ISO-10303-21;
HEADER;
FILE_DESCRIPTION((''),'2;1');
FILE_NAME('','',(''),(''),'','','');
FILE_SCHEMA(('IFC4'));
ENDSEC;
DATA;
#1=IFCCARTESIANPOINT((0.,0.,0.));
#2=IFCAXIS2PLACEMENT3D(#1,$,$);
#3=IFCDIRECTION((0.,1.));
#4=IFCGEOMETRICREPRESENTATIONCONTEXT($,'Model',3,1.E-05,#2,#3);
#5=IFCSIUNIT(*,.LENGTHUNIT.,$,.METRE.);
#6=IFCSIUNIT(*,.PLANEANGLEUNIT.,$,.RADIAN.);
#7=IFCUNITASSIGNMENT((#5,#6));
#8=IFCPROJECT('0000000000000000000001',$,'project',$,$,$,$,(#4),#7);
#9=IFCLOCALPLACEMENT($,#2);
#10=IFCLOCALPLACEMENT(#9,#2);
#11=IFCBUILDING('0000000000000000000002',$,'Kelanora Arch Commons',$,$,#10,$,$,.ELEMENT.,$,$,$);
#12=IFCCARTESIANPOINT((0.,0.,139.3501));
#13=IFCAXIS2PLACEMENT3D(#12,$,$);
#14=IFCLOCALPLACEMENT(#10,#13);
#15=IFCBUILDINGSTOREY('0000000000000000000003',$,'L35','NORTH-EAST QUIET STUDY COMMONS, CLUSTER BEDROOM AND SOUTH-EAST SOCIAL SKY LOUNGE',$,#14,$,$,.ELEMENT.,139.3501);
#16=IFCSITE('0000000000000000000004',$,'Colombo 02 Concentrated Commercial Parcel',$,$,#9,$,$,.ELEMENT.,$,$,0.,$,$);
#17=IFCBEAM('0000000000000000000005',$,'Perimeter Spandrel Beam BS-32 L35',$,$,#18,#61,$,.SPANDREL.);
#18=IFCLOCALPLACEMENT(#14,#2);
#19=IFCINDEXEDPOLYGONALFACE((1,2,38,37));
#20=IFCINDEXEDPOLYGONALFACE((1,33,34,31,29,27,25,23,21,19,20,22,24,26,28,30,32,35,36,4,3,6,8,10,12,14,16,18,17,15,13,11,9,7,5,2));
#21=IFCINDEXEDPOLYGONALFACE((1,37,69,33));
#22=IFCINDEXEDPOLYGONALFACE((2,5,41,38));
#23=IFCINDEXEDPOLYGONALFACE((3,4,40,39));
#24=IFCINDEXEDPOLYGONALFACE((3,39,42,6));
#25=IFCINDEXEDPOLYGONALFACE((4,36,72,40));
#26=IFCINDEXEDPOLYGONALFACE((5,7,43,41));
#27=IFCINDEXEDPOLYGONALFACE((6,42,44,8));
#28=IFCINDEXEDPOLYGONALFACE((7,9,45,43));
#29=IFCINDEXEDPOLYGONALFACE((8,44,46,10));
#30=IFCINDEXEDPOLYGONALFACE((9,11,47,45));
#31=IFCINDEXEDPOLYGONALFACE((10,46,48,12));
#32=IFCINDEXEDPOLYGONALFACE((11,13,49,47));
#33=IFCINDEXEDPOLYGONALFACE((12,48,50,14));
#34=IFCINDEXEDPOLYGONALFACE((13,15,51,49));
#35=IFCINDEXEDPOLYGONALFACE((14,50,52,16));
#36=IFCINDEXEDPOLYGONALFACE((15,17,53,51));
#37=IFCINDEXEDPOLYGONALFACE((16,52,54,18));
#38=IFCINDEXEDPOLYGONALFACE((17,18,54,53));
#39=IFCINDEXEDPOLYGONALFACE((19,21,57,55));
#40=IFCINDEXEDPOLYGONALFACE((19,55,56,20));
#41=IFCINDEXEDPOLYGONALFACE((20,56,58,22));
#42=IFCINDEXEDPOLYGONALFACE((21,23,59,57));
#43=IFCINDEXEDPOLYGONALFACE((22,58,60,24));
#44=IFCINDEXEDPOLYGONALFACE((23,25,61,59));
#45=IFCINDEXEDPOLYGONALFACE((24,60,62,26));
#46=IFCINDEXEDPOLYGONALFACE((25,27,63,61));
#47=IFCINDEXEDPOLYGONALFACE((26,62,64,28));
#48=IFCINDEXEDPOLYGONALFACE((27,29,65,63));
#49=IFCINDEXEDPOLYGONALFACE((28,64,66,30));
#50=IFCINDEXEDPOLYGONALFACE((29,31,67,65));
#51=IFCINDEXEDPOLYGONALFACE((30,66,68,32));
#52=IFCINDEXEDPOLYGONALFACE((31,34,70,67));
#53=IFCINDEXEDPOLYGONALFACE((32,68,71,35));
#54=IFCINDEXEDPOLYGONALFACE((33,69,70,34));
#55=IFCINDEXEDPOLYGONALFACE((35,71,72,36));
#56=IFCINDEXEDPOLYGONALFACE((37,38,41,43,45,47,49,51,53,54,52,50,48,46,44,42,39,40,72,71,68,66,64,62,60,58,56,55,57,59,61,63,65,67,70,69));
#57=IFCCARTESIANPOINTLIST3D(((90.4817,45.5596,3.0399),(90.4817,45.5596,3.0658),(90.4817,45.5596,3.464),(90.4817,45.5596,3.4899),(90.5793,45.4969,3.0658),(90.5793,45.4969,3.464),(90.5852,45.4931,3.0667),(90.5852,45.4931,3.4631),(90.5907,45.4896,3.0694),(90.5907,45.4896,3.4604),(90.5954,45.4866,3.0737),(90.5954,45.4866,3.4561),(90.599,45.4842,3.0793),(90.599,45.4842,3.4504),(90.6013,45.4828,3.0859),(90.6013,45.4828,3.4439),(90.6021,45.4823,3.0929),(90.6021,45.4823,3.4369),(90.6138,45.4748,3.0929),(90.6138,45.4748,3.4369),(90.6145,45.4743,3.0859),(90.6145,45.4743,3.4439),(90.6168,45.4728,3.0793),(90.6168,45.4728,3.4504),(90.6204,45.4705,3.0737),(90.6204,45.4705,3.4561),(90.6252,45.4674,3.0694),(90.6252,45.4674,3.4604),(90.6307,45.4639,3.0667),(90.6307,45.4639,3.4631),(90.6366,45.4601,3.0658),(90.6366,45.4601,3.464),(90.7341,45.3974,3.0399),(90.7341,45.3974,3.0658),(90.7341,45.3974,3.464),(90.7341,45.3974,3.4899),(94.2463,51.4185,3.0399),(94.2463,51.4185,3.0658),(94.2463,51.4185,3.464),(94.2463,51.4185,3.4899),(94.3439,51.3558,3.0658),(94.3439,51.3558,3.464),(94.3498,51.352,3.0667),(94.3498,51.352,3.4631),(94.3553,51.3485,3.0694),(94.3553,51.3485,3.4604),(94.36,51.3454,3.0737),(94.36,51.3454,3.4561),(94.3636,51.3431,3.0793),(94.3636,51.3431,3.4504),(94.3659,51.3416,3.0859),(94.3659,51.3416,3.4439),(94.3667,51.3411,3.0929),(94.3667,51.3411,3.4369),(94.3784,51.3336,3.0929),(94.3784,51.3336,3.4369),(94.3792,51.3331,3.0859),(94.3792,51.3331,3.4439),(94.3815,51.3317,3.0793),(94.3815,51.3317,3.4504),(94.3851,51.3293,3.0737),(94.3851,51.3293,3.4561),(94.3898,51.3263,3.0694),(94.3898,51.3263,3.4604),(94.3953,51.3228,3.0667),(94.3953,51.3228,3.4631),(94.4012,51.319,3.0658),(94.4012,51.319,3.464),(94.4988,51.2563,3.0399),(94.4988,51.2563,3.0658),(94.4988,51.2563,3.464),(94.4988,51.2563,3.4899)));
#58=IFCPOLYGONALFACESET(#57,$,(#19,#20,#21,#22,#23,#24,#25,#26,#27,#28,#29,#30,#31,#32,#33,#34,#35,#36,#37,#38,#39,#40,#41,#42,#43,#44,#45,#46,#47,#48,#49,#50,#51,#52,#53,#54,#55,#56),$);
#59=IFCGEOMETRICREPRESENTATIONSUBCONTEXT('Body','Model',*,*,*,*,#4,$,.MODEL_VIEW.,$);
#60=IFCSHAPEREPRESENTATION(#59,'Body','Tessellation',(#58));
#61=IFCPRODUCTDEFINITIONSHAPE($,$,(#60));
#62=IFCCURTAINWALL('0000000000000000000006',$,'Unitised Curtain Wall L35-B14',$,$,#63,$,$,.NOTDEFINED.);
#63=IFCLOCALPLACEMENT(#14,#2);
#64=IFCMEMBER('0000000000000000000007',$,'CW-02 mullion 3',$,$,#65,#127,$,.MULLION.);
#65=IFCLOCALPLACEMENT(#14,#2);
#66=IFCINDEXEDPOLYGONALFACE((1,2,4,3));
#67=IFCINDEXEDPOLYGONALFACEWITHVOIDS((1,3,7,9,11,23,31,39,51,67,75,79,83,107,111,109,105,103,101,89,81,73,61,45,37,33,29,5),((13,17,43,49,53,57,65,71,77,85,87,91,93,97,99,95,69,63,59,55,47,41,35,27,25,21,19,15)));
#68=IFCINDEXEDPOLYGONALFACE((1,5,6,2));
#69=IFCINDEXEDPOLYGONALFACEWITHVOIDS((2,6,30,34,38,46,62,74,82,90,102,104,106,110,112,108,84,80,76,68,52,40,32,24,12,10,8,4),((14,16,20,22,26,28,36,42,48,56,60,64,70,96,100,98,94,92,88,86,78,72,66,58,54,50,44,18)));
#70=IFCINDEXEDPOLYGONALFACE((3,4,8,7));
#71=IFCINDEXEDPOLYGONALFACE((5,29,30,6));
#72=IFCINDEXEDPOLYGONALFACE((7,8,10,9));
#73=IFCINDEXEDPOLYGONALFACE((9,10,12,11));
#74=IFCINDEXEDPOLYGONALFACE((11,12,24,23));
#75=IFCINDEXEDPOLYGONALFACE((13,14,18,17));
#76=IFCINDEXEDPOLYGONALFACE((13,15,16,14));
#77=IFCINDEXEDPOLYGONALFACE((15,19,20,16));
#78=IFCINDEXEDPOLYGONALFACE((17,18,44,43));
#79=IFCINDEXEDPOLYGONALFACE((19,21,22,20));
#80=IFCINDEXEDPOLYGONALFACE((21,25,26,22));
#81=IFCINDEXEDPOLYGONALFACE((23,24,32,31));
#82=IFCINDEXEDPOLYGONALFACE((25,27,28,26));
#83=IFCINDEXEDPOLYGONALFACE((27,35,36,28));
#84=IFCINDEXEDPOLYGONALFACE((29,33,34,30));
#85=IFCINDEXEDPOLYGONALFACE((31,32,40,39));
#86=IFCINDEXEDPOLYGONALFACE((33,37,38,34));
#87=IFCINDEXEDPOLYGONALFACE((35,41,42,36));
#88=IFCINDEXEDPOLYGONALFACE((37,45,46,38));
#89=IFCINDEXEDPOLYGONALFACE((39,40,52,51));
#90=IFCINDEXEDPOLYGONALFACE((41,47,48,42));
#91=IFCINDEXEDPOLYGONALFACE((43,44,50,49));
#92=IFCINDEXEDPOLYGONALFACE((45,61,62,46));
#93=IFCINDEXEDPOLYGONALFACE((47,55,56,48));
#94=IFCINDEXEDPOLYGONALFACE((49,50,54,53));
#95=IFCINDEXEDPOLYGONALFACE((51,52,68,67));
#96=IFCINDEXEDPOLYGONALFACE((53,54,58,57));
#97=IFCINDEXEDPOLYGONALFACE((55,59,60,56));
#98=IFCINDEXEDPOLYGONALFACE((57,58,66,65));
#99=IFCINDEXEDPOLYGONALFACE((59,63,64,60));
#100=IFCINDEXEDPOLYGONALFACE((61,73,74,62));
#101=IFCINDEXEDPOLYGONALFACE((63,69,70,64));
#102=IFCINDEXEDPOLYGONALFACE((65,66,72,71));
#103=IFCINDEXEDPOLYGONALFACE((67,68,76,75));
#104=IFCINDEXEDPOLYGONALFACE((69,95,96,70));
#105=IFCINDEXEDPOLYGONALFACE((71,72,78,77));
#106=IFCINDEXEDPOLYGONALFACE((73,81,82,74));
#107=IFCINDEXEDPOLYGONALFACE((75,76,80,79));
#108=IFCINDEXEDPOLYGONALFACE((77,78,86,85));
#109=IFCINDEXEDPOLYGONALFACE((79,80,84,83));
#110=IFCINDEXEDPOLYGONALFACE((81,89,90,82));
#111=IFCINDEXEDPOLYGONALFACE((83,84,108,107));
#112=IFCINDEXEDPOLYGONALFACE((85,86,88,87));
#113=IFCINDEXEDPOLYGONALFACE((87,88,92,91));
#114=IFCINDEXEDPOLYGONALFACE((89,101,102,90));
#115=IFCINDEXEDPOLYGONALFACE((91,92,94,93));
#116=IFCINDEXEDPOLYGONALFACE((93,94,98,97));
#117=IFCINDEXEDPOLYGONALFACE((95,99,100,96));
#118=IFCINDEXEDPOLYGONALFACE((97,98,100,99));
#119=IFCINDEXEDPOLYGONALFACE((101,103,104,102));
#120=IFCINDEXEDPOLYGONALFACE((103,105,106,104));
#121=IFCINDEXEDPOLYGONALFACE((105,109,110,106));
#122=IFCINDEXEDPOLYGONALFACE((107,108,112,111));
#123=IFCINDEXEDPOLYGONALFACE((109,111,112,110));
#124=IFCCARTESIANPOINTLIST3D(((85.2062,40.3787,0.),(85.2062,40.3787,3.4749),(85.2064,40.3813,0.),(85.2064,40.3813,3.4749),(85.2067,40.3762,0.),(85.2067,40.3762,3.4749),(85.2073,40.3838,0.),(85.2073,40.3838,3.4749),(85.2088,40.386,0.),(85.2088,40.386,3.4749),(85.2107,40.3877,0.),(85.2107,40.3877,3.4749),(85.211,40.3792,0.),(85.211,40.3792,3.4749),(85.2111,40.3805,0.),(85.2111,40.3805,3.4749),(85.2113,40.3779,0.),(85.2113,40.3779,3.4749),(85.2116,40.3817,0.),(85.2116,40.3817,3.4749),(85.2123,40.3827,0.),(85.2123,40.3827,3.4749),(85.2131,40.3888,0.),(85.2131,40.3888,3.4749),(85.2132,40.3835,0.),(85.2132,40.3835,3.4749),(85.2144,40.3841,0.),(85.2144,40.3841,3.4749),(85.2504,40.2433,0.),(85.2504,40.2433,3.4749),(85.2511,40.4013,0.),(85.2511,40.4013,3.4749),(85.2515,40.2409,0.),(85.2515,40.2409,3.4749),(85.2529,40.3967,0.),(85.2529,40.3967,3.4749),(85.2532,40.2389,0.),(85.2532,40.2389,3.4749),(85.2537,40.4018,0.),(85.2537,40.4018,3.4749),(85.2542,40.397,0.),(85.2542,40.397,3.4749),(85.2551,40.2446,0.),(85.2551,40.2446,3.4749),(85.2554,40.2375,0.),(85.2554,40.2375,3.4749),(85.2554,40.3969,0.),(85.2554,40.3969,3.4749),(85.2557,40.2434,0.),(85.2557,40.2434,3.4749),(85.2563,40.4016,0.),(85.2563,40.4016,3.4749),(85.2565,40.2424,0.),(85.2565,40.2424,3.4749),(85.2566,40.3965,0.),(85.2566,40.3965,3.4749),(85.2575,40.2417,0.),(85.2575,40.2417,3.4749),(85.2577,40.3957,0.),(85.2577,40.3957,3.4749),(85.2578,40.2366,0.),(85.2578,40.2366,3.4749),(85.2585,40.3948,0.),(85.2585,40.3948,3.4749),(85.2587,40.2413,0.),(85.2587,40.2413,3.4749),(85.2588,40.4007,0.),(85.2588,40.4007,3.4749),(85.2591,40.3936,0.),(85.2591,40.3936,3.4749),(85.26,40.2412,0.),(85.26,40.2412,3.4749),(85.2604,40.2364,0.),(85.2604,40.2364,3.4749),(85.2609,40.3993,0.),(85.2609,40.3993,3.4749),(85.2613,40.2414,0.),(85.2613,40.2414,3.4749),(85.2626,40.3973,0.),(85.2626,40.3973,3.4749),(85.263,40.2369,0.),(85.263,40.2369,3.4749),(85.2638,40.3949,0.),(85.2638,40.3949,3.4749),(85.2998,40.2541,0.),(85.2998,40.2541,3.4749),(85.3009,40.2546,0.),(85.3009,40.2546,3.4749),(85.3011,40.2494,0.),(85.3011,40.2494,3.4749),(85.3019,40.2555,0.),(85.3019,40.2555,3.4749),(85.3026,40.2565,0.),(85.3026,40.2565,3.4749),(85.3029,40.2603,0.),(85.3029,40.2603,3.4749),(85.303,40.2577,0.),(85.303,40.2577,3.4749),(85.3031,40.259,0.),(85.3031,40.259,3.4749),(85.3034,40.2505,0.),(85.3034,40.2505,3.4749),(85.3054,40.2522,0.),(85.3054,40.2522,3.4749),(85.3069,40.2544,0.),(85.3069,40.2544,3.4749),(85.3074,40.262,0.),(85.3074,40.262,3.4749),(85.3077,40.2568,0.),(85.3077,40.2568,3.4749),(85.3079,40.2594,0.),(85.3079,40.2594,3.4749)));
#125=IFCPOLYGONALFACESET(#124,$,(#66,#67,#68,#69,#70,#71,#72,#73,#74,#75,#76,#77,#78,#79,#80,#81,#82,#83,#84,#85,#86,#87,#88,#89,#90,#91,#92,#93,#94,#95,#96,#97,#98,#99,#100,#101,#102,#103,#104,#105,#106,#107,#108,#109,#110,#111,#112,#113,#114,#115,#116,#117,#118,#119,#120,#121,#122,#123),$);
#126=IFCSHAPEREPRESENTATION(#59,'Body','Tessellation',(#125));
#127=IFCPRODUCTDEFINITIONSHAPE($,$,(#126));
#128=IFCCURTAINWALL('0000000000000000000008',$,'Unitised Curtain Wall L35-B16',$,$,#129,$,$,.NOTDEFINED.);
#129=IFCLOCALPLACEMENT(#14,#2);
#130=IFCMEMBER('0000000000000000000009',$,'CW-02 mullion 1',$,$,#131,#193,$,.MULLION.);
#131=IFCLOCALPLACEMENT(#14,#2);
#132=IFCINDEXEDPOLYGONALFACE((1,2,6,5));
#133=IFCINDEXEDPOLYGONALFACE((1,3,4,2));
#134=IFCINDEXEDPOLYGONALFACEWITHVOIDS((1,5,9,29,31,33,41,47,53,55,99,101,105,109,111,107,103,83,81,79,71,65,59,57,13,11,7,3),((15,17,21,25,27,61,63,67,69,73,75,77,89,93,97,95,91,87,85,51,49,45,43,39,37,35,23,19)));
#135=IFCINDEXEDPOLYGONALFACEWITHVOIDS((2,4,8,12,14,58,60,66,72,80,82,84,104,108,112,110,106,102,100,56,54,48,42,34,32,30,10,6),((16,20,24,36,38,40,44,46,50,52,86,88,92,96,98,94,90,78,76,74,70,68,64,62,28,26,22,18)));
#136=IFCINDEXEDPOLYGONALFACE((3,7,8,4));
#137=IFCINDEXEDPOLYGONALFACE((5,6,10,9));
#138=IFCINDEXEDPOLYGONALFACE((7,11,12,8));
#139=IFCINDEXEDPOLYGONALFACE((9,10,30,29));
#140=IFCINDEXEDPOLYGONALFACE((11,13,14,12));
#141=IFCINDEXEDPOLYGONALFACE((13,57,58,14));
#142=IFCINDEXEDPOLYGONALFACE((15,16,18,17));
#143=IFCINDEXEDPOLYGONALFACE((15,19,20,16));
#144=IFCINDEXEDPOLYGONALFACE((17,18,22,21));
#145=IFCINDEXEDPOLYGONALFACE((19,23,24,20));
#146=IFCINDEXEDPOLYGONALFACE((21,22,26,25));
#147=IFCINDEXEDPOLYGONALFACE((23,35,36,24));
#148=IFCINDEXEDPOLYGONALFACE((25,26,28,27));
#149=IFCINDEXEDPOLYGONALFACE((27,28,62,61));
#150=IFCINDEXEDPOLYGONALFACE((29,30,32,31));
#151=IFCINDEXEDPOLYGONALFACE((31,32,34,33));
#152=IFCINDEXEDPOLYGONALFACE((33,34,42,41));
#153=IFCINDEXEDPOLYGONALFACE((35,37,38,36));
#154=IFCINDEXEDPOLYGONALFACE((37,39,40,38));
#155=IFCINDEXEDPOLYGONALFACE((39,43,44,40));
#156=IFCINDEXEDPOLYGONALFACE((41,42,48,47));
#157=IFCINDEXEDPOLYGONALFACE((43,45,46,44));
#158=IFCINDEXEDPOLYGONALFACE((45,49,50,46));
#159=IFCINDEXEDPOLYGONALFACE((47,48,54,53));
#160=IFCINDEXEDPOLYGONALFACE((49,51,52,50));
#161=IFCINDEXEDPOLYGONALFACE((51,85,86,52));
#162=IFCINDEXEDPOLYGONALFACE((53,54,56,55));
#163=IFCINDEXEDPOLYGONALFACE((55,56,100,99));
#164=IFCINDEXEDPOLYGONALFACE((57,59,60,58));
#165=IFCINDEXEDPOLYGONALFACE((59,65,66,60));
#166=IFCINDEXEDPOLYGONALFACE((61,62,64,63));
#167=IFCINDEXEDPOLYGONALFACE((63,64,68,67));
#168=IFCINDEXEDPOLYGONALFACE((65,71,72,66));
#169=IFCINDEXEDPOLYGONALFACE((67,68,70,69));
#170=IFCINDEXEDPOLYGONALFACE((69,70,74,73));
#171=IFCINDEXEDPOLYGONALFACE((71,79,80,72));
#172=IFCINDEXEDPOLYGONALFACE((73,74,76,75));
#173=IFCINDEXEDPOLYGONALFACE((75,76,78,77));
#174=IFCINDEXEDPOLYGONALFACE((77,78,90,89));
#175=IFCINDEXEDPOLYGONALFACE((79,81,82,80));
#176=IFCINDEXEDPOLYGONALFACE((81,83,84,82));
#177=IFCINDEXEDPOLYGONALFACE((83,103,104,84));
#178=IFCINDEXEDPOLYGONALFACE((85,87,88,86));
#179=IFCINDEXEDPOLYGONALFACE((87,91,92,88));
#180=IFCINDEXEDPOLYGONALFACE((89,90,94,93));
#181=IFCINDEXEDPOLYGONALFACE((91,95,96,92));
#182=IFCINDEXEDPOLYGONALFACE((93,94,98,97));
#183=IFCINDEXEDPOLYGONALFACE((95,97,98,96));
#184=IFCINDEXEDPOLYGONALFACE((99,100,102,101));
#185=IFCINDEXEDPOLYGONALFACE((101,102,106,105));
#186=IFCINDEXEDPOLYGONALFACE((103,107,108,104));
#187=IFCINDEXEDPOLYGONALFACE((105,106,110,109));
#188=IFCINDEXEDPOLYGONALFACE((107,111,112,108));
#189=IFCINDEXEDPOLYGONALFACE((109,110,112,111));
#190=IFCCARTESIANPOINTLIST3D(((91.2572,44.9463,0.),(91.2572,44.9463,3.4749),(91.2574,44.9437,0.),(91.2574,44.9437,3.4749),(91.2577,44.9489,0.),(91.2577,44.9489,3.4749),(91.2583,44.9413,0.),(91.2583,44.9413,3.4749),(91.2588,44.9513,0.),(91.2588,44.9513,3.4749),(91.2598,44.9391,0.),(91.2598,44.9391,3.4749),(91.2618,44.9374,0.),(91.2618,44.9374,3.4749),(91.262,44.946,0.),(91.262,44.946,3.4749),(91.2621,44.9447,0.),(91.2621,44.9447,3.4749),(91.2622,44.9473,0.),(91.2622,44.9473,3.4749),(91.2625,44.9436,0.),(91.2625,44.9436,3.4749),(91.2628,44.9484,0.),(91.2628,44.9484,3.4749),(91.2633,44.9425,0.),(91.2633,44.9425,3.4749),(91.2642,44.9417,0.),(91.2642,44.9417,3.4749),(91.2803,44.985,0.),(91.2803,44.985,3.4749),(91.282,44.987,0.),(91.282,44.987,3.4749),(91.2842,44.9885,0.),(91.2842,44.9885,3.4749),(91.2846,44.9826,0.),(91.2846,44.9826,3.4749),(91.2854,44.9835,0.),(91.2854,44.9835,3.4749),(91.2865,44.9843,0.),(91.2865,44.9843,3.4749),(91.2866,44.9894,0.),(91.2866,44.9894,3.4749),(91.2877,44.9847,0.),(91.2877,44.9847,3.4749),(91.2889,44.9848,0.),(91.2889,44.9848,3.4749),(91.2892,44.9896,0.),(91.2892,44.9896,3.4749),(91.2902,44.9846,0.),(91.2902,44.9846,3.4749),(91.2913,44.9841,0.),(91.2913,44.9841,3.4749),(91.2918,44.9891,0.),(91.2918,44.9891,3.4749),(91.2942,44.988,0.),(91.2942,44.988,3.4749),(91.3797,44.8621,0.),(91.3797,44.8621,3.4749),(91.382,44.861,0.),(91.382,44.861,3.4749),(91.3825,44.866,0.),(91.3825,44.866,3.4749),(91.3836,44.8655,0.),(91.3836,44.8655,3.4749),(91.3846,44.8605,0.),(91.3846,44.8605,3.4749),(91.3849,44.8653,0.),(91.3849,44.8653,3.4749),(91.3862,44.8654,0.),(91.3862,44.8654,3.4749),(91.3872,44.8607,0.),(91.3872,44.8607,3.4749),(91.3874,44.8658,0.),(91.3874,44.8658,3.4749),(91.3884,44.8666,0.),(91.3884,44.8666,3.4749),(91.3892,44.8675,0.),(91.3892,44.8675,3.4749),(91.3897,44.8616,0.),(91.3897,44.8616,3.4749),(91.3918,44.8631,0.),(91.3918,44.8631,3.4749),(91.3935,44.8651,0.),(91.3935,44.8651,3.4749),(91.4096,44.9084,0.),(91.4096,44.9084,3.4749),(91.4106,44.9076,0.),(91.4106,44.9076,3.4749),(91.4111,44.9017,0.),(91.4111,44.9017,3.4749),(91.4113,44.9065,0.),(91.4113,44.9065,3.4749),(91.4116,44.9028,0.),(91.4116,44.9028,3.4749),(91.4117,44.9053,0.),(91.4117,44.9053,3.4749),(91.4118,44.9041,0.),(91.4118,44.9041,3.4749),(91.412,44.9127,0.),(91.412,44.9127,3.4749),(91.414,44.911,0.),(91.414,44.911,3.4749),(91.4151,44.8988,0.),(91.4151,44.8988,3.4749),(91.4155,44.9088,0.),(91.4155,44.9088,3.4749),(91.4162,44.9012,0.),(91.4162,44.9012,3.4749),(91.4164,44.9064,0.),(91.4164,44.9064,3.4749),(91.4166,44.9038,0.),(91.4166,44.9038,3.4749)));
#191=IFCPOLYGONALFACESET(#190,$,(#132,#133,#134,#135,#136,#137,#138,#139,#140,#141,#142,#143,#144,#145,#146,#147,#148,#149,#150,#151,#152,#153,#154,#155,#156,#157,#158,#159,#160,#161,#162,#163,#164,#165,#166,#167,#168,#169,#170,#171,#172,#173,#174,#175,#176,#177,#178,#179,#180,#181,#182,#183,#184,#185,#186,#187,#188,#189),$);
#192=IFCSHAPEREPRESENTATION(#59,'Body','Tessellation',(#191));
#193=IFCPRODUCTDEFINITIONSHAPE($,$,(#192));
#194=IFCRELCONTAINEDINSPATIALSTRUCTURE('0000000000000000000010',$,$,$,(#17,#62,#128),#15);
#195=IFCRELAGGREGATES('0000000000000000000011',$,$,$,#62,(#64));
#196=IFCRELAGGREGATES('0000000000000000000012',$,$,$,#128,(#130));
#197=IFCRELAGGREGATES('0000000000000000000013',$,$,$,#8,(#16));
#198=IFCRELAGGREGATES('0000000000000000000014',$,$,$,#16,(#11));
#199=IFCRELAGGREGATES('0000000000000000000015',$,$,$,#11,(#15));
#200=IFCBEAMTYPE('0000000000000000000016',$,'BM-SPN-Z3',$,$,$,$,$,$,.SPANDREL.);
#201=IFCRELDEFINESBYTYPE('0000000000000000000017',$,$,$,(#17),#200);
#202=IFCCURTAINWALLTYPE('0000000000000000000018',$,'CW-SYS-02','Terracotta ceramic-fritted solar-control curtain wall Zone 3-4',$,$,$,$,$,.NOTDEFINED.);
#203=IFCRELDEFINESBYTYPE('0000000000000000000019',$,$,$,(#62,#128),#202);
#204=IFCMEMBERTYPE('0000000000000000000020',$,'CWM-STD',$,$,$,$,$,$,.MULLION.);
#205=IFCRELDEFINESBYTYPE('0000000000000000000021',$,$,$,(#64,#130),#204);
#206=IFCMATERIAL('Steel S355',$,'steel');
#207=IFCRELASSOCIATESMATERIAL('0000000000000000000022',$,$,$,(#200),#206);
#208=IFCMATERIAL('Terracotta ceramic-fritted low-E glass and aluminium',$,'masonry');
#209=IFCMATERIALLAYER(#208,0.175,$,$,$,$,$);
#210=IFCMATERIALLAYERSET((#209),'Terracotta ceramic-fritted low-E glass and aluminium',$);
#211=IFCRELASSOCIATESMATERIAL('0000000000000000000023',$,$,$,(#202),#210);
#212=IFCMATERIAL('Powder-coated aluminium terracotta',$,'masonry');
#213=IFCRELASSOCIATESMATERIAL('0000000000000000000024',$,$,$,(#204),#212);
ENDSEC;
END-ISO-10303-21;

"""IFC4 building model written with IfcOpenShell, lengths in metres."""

from ifc_helpers import new_model, si_unit, direction, frame, origin, origin_2d, place, context, subcontext, project, spatial, hollow_rectangle, i_section, extrude, material, layer, layer_set, material_profile, profile_set, type_object, element, aggregate, save


model = new_model("IFC4")

# Units and contexts
model_context = context("Model", 3, precision=1e-05, world=origin(), true_north=direction((0.0, 1.0)))
body_context = subcontext(model_context, "Body", "Model", "MODEL_VIEW")
ifc_project = project(units=[si_unit("LENGTHUNIT", "METRE"), si_unit("PLANEANGLEUNIT", "RADIAN")], contexts=[model_context])

# Site, building, storey
site_placement = place(None, origin())
site = spatial("IfcSite", under=ifc_project, at=site_placement, Name="Colombo 02 Concentrated Commercial Parcel", CompositionType="ELEMENT", RefElevation=0.0)
building_placement = place(site_placement, origin())
building = spatial("IfcBuilding", under=site, at=building_placement, Name="Kelanora Arch Commons", CompositionType="ELEMENT")
storey_placement = place(building_placement, frame((0.0, 0.0, 139.3501)))
storey = spatial("IfcBuildingStorey", under=building, at=storey_placement, Name="L35", Description="NORTH-EAST QUIET STUDY COMMONS, CLUSTER BEDROOM AND SOUTH-EAST SOCIAL SKY LOUNGE", CompositionType="ELEMENT", Elevation=139.3501)

# Beam
ifc_material_1 = material(Name="Steel S355", Category="steel")
ifc_material_profile_1 = material_profile(ifc_material_1, i_section(OverallWidth=0.3, OverallDepth=0.45, WebThickness=0.0139, FlangeThickness=0.0259, FilletRadius=0.0271, at=origin_2d()), Name="HEB450")
ifc_profile_set_1 = profile_set([ifc_material_profile_1], Name="Steel S355")
beam_type_1 = type_object("IfcBeamType", Name="BM-SPN-Z3", PredefinedType="SPANDREL", material=ifc_profile_set_1)
beam_1_placement = place(storey_placement, frame((90.6079, 45.4785, 3.2649), z_axis=(0.540577, 0.841295, 0.0), x_axis=(-0.841295, 0.540577, 0.0)))
element("IfcBeam", 1, at=beam_1_placement, inside=storey, type_object=beam_type_1, Name="Perimeter Spandrel Beam BS-32 L35", PredefinedType="SPANDREL", context=body_context, shape_type="SweptSolid", body=[
    extrude(i_section(OverallWidth=0.3, OverallDepth=0.45, WebThickness=0.0139, FlangeThickness=0.0259, FilletRadius=0.0271, at=origin_2d()), origin(), (0.0, 0.0, 1.0), 6.9641),
])

# Curtain wall, member
ifc_material_2 = material(Name="Terracotta ceramic-fritted low-E glass and aluminium", Category="masonry")
ifc_layer_1 = layer(ifc_material_2, 0.175)
ifc_layer_set_1 = layer_set([ifc_layer_1], Name="Terracotta ceramic-fritted low-E glass and aluminium")
curtain_wall_type = type_object("IfcCurtainWallType", Name="CW-SYS-02", Description="Terracotta ceramic-fritted solar-control curtain wall Zone 3-4", PredefinedType="NOTDEFINED", material=ifc_layer_set_1)
curtain_wall_1_placement = place(storey_placement, origin())
curtain_wall_1 = element("IfcCurtainWall", 2, at=curtain_wall_1_placement, inside=storey, type_object=curtain_wall_type, Name="Unitised Curtain Wall L35-B14", PredefinedType="NOTDEFINED")
ifc_material_3 = material(Name="Powder-coated aluminium terracotta", Category="masonry")
ifc_material_profile_2 = material_profile(ifc_material_3, hollow_rectangle(XDim=0.1599, YDim=0.0601, WallThickness=0.0049, InnerFilletRadius=0.0049, OuterFilletRadius=0.01, at=origin_2d()), Name="CWM160x60")
ifc_profile_set_2 = profile_set([ifc_material_profile_2], Name="Powder-coated aluminium terracotta")
member_type_1 = type_object("IfcMemberType", Name="CWM-STD", PredefinedType="MULLION", material=ifc_profile_set_2)
member_1_placement = place(storey_placement, frame((85.2571, 40.3191, 0.0), z_axis=(0.0, 0.0, 1.0), x_axis=(-0.312128, 0.95004, 0.0)))
member_1 = element("IfcMember", 3, at=member_1_placement, type_object=member_type_1, Name="CW-02 mullion 3", PredefinedType="MULLION", context=body_context, shape_type="SweptSolid", body=[
    extrude(hollow_rectangle(XDim=0.1599, YDim=0.0601, WallThickness=0.0049, InnerFilletRadius=0.0049, OuterFilletRadius=0.01, at=origin_2d()), origin(), (0.0, 0.0, 1.0), 3.4749),
])

# Curtain wall, member
curtain_wall_2_placement = place(storey_placement, origin())
curtain_wall_2 = element("IfcCurtainWall", 4, at=curtain_wall_2_placement, inside=storey, type_object=curtain_wall_type, Name="Unitised Curtain Wall L35-B16", PredefinedType="NOTDEFINED")
member_2_placement = place(storey_placement, frame((91.3369, 44.925, 0.0), z_axis=(0.0, 0.0, 1.0), x_axis=(-0.842423, 0.538817, 0.0)))
member_2 = element("IfcMember", 5, at=member_2_placement, type_object=member_type_1, Name="CW-02 mullion 1", PredefinedType="MULLION", context=body_context, shape_type="SweptSolid", body=[
    extrude(hollow_rectangle(XDim=0.1599, YDim=0.0601, WallThickness=0.0049, InnerFilletRadius=0.0049, OuterFilletRadius=0.01, at=origin_2d()), origin(), (0.0, 0.0, 1.0), 3.4749),
])

aggregate(curtain_wall_1, [member_1])
aggregate(curtain_wall_2, [member_2])

save(model, "model.ifc")
